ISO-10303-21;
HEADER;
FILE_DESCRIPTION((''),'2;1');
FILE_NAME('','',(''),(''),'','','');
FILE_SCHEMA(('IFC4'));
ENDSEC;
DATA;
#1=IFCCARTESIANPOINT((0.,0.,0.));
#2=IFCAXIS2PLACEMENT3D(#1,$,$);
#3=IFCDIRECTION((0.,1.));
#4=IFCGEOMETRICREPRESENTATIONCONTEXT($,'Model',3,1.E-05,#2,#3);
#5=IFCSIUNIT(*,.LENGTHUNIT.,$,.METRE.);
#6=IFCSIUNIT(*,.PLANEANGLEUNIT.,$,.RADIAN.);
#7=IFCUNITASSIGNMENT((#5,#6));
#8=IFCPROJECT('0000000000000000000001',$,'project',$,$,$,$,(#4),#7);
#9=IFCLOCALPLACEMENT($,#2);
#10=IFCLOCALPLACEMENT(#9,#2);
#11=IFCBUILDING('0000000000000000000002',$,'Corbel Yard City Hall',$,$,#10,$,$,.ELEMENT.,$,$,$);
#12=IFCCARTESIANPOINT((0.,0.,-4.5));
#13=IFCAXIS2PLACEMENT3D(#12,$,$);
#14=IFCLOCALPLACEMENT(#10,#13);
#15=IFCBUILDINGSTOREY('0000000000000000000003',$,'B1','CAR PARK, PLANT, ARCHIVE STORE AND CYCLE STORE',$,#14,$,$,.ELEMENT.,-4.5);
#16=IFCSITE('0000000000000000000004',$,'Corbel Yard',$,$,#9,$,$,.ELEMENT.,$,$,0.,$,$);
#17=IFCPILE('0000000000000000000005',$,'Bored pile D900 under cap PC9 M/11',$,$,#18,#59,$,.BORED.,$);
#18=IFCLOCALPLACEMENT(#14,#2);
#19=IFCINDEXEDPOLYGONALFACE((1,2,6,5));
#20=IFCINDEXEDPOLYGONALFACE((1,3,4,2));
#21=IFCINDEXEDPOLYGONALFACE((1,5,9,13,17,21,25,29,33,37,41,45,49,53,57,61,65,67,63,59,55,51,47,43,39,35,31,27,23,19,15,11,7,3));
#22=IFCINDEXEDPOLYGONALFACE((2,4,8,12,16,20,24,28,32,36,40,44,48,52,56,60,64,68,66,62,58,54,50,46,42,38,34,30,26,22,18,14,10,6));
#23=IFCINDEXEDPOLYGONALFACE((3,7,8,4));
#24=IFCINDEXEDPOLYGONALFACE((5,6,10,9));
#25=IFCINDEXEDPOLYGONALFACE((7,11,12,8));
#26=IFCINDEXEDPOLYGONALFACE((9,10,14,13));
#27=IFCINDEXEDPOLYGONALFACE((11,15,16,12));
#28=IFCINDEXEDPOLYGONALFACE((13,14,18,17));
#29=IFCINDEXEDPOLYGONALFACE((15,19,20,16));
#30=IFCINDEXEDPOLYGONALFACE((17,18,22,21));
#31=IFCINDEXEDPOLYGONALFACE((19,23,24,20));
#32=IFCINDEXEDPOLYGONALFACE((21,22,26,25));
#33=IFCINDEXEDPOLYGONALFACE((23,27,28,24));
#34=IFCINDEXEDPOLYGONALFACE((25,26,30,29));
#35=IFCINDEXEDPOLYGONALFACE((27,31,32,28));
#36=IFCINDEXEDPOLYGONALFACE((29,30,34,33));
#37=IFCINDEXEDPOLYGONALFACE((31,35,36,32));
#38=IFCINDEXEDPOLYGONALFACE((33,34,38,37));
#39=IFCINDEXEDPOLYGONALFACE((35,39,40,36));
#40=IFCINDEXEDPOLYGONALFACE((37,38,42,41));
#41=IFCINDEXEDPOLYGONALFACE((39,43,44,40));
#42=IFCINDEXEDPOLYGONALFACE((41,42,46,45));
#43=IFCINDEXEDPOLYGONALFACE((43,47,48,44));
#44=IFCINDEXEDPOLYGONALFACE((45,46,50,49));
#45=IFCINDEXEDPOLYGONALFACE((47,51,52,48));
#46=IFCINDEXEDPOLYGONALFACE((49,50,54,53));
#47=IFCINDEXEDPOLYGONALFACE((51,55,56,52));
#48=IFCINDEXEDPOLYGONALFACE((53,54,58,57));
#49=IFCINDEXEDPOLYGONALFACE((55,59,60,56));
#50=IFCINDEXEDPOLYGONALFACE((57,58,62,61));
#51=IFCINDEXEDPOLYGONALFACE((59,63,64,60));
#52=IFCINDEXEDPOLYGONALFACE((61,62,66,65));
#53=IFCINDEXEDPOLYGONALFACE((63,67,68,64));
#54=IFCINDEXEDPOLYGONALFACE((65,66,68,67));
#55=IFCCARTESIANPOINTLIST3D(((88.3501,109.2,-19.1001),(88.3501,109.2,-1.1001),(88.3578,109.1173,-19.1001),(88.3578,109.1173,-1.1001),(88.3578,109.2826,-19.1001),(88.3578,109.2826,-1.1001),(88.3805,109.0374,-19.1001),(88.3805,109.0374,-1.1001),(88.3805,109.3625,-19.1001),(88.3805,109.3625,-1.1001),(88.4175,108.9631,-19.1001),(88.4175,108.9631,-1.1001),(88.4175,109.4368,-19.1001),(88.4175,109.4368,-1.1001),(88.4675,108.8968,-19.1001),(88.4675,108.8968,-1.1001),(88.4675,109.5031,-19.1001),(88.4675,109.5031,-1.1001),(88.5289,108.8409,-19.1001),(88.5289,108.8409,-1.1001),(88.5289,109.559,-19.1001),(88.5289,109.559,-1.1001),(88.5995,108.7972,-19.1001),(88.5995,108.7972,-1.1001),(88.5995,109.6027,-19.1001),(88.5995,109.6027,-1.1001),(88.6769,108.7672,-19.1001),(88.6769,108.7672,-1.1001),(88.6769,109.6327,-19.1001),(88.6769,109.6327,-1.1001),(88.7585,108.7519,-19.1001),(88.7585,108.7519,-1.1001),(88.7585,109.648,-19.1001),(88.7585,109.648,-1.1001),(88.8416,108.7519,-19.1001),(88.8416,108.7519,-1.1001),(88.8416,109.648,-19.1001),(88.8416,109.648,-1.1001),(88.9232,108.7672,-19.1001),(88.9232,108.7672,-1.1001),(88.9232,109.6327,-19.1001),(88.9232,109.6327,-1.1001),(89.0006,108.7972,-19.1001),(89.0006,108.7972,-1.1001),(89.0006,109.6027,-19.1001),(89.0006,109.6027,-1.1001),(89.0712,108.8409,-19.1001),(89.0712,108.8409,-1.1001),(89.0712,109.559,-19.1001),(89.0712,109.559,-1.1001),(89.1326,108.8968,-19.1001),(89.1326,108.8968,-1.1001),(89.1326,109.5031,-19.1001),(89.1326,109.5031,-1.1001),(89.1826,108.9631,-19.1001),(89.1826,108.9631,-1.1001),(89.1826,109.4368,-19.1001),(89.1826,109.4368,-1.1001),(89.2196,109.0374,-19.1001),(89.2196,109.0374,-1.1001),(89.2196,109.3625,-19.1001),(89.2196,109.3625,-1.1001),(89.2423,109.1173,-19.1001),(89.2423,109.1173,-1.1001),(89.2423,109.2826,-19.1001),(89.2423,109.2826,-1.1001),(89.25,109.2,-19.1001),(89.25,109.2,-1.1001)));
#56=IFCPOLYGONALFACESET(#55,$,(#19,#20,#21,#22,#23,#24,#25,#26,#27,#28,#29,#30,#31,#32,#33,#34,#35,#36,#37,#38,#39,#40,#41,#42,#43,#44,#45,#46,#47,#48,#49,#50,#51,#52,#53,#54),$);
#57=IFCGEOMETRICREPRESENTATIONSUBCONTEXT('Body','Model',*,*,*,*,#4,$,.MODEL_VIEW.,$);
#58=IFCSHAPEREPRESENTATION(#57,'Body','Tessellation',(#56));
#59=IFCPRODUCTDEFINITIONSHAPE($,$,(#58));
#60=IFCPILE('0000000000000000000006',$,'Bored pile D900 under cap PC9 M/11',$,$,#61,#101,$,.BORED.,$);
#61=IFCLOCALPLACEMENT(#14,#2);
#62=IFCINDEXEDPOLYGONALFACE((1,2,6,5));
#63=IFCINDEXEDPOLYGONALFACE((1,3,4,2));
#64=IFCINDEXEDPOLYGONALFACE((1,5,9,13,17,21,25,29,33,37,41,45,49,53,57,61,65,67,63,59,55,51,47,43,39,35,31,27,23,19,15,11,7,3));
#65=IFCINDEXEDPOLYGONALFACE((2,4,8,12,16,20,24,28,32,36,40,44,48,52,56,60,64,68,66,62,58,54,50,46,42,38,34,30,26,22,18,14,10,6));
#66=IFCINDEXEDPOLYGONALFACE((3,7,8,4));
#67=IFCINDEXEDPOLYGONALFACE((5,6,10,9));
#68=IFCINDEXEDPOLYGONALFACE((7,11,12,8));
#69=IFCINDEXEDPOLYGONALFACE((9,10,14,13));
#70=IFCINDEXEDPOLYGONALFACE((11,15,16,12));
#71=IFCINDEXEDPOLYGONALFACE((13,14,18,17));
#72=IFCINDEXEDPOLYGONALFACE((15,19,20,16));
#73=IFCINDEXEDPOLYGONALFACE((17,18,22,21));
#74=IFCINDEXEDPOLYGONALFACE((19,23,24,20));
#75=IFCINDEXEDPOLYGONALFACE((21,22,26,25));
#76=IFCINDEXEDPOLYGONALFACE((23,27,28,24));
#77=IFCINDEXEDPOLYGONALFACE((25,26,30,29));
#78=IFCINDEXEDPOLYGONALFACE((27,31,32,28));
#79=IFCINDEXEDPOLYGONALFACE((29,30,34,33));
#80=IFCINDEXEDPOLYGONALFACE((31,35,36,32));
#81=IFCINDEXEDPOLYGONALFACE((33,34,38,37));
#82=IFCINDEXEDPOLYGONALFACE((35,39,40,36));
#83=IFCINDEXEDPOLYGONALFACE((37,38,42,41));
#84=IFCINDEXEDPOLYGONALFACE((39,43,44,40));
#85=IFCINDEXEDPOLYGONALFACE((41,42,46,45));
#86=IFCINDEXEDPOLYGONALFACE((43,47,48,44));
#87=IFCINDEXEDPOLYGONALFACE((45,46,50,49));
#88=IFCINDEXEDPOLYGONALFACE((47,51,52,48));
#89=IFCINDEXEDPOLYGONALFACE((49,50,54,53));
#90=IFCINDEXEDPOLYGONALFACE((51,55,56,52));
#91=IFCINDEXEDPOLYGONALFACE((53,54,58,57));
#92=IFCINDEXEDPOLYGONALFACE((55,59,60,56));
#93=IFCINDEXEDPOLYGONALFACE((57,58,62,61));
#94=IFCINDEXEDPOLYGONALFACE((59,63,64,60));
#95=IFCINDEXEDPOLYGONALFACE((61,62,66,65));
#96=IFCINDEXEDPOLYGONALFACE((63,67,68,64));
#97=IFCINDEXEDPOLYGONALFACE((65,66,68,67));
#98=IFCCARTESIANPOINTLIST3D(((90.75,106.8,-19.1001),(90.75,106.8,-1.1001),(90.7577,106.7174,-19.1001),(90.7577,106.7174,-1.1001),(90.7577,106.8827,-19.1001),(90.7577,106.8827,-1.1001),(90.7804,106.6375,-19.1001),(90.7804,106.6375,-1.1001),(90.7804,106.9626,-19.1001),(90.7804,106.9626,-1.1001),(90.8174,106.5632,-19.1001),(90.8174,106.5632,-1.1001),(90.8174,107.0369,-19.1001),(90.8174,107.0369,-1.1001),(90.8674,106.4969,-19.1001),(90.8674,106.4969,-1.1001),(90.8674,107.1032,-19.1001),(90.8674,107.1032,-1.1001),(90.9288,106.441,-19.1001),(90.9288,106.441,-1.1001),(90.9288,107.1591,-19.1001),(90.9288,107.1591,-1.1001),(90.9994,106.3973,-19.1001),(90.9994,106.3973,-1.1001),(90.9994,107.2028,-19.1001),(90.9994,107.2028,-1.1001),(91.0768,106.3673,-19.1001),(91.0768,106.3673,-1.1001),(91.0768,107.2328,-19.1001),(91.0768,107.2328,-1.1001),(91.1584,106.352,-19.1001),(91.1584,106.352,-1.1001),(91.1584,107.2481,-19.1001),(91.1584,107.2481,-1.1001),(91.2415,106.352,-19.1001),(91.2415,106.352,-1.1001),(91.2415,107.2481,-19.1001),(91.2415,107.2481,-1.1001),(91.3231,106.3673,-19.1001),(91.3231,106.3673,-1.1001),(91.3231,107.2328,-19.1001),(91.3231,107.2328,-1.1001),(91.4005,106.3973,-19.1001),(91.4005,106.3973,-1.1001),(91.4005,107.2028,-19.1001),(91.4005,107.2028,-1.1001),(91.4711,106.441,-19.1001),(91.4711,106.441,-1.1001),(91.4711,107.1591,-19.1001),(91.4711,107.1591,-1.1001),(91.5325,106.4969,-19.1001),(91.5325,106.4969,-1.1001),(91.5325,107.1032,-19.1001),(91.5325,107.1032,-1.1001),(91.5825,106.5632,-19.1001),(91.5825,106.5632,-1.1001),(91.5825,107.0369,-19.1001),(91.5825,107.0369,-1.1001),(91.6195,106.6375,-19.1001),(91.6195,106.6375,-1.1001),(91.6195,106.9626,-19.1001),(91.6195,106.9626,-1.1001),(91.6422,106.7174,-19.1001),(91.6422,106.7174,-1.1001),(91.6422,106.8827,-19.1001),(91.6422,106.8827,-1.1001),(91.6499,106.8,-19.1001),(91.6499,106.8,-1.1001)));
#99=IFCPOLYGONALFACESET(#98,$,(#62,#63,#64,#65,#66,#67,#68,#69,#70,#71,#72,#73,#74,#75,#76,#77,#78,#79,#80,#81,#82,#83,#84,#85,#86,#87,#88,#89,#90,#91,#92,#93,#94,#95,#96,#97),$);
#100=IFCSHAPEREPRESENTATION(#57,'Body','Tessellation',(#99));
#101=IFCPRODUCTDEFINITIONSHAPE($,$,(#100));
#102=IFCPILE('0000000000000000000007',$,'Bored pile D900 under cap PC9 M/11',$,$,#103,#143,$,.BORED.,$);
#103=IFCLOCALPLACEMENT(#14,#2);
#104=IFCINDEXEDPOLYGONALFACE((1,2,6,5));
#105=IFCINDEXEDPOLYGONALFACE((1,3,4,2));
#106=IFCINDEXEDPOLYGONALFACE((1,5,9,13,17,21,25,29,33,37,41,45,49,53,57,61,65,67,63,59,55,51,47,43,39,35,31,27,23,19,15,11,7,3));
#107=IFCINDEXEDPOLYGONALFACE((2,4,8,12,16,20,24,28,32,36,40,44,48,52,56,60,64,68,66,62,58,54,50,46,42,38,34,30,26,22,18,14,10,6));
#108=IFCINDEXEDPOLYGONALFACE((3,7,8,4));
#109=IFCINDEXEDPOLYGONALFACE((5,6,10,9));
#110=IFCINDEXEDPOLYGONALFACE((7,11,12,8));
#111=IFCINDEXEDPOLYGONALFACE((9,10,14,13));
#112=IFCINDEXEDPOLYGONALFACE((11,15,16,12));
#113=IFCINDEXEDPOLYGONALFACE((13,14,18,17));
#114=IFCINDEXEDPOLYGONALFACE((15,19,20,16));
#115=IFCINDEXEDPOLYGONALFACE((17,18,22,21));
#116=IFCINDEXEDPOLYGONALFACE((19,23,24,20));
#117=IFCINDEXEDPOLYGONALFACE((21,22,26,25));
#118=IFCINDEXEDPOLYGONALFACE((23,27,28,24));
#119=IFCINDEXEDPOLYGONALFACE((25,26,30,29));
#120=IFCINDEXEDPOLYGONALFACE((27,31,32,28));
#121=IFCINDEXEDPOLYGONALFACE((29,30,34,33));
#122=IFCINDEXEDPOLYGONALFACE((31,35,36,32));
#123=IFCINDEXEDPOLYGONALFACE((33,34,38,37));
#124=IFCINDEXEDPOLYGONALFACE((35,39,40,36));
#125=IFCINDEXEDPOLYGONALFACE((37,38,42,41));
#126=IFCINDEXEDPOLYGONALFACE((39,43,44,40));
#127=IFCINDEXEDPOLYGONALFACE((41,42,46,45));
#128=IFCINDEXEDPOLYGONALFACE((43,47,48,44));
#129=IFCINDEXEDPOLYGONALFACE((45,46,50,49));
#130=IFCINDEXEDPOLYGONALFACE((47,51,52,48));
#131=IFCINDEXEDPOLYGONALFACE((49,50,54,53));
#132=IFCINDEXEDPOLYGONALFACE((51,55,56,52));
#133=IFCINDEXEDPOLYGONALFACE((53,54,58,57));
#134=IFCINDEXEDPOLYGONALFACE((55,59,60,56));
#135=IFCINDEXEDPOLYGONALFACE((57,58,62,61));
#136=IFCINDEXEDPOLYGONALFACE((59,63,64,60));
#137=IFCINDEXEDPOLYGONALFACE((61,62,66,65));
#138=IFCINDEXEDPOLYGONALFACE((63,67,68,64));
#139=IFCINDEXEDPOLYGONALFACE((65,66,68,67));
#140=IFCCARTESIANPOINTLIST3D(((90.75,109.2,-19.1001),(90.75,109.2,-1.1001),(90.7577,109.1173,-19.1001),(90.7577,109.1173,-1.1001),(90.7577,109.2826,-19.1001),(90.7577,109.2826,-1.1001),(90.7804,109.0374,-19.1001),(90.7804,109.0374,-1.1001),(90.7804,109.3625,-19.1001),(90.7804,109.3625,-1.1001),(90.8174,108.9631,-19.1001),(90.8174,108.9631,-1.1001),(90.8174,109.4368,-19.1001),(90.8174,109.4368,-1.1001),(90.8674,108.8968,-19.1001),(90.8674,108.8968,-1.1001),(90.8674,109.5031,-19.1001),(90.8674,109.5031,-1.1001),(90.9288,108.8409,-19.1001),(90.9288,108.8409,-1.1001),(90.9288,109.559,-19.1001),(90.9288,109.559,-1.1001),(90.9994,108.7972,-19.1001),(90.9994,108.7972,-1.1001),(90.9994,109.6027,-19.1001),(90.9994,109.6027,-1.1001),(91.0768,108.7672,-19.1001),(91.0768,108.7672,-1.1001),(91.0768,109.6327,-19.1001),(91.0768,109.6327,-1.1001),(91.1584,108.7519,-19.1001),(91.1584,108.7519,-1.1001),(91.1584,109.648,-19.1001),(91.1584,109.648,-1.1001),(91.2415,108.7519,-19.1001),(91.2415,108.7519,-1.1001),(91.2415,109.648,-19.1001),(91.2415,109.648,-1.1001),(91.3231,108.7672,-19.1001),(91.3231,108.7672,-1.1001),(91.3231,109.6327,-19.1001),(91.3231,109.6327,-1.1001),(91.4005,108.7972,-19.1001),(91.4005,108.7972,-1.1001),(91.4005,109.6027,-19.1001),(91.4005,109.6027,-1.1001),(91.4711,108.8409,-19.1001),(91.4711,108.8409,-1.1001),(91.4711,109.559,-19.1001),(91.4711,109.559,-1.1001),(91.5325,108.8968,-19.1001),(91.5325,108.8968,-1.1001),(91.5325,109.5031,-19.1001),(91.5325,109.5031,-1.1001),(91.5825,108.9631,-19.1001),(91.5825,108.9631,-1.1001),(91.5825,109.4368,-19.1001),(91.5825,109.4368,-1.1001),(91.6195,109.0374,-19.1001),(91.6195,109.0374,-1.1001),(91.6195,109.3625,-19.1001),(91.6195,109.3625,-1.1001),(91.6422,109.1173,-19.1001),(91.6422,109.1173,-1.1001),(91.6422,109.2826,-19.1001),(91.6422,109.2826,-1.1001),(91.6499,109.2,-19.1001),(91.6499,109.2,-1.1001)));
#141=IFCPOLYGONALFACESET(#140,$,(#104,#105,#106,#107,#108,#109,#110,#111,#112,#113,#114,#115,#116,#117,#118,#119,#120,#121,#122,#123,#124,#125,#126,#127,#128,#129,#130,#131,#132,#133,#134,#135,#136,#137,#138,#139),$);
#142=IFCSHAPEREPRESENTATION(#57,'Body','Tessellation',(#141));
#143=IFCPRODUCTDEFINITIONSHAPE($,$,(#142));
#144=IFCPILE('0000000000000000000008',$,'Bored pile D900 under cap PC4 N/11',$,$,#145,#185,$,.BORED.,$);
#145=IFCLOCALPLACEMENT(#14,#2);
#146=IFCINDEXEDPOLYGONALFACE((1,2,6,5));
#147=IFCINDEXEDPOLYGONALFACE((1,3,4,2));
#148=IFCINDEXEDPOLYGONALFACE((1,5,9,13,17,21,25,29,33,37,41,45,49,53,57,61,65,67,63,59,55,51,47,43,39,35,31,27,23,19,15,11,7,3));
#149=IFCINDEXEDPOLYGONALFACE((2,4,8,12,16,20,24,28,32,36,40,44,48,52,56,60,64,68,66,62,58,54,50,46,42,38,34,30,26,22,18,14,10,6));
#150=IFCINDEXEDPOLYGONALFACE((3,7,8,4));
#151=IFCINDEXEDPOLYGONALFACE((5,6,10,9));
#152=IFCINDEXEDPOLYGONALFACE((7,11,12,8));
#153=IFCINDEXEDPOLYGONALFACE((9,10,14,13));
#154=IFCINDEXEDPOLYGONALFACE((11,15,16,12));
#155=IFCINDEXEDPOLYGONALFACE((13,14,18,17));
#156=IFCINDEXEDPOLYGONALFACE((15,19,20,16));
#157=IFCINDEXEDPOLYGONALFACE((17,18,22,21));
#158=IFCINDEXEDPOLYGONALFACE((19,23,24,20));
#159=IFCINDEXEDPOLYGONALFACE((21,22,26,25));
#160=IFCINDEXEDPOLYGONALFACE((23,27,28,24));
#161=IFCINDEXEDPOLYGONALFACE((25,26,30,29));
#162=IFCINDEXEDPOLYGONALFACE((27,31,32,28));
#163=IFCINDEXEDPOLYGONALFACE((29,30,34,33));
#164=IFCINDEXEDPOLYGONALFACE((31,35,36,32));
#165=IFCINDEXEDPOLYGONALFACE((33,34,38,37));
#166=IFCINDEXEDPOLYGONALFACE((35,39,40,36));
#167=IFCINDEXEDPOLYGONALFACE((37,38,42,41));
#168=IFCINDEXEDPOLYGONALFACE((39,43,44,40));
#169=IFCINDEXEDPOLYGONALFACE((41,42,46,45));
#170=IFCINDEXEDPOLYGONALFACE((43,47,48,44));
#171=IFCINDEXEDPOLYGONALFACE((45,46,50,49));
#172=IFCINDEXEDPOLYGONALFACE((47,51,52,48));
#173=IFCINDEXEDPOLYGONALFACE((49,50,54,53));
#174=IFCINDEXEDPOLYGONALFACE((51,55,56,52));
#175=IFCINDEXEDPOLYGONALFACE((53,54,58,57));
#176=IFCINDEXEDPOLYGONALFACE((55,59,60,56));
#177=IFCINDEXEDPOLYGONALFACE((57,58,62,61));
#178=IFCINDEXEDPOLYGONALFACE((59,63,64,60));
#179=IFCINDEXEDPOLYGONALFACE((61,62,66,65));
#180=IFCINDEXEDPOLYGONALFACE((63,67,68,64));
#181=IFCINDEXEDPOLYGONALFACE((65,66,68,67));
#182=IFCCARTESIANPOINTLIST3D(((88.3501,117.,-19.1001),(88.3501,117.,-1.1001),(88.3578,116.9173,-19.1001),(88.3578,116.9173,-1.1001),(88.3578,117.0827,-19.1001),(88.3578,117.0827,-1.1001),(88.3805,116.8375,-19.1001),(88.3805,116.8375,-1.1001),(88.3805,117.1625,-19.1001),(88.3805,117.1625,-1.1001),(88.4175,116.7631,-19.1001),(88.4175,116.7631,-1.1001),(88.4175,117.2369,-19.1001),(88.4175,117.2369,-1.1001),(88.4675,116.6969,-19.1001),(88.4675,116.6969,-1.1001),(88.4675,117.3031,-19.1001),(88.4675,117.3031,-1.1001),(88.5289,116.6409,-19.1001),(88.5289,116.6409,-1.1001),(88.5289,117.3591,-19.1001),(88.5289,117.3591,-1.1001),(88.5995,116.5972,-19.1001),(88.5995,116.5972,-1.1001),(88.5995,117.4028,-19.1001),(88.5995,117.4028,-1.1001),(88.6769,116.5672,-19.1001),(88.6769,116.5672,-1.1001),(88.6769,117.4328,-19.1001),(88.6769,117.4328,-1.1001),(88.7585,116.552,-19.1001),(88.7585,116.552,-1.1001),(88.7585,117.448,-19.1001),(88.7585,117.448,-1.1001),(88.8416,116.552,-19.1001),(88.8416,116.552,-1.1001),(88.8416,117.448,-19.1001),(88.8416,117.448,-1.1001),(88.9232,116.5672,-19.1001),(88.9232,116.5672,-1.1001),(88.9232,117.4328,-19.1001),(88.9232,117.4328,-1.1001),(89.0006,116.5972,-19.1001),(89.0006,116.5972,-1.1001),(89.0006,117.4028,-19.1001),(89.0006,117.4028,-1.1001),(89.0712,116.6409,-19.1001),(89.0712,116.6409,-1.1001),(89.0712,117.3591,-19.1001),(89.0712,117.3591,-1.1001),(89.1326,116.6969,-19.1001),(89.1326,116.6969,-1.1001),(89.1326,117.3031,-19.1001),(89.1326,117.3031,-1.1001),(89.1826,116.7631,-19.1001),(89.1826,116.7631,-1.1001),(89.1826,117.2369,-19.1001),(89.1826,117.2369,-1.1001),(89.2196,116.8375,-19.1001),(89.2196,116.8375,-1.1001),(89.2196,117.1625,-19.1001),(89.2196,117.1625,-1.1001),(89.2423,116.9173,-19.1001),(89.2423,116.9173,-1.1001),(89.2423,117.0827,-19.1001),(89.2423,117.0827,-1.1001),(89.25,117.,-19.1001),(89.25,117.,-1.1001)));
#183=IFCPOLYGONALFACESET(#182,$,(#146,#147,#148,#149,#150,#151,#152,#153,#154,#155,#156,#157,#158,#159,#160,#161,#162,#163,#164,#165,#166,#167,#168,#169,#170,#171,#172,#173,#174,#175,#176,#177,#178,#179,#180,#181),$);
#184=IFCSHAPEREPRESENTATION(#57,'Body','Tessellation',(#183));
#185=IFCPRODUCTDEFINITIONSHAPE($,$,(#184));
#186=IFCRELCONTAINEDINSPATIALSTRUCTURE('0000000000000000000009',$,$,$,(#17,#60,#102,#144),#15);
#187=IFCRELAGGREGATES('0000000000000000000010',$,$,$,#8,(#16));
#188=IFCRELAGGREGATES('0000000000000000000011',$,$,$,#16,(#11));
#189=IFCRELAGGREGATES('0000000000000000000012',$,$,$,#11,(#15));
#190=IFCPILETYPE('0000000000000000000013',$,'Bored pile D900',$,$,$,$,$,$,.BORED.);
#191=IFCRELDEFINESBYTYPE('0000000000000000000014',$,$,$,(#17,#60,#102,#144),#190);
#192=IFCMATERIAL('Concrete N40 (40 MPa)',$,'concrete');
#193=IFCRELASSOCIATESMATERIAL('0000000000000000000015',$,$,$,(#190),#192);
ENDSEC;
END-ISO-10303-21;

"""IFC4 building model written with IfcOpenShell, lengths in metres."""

from ifc_helpers import new_model, si_unit, direction, frame, origin, origin_2d, place, context, subcontext, project, spatial, circle, extrude, material, material_profile, profile_set, type_object, element, save


model = new_model("IFC4")

# Units and contexts
model_context = context("Model", 3, precision=1e-05, world=origin(), true_north=direction((0.0, 1.0)))
body_context = subcontext(model_context, "Body", "Model", "MODEL_VIEW")
ifc_project = project(units=[si_unit("LENGTHUNIT", "METRE"), si_unit("PLANEANGLEUNIT", "RADIAN")], contexts=[model_context])

# Site, building, storey
site_placement = place(None, origin())
site = spatial("IfcSite", under=ifc_project, at=site_placement, Name="Corbel Yard", CompositionType="ELEMENT", RefElevation=0.0)
building_placement = place(site_placement, origin())
building = spatial("IfcBuilding", under=site, at=building_placement, Name="Corbel Yard City Hall", CompositionType="ELEMENT")
storey_placement = place(building_placement, frame((0.0, 0.0, -4.5)))
storey = spatial("IfcBuildingStorey", under=building, at=storey_placement, Name="B1", Description="CAR PARK, PLANT, ARCHIVE STORE AND CYCLE STORE", CompositionType="ELEMENT", Elevation=-4.5)

# Piles
ifc_material_1 = material(Name="Concrete N40 (40 MPa)", Category="concrete")
ifc_material_profile_1 = material_profile(ifc_material_1, circle(Radius=0.45, at=origin_2d()), Name="D900")
ifc_profile_set_1 = profile_set([ifc_material_profile_1], Name="Concrete N40 (40 MPa)")
pile_type_1 = type_object("IfcPileType", Name="Bored pile D900", PredefinedType="BORED", material=ifc_profile_set_1)
for number, where, z_axis, x_axis, name in (
    (1, (88.8, 109.2, -1.1001), (0.0, 0.0, -1.0), (1.0, 0.0, 0.0), "Bored pile D900 under cap PC9 M/11"),
    (2, (91.2, 106.8, -1.1001), (0.0, 0.0, -1.0), (1.0, 0.0, 0.0), "Bored pile D900 under cap PC9 M/11"),
    (3, (91.2, 109.2, -1.1001), (0.0, 0.0, -1.0), (1.0, 0.0, 0.0), "Bored pile D900 under cap PC9 M/11"),
    (4, (88.8, 117.0, -1.1001), (0.0, 0.0, -1.0), (1.0, 0.0, 0.0), "Bored pile D900 under cap PC4 N/11"),
):
    element("IfcPile", number, at=place(storey_placement, frame(where, z_axis=z_axis, x_axis=x_axis)), inside=storey, type_object=pile_type_1, Name=name, PredefinedType="BORED", context=body_context, shape_type="SweptSolid", body=[
        extrude(circle(Radius=0.45, at=origin_2d()), origin(), (0.0, 0.0, 1.0), 18.0),
    ])

save(model, "model.ifc")
